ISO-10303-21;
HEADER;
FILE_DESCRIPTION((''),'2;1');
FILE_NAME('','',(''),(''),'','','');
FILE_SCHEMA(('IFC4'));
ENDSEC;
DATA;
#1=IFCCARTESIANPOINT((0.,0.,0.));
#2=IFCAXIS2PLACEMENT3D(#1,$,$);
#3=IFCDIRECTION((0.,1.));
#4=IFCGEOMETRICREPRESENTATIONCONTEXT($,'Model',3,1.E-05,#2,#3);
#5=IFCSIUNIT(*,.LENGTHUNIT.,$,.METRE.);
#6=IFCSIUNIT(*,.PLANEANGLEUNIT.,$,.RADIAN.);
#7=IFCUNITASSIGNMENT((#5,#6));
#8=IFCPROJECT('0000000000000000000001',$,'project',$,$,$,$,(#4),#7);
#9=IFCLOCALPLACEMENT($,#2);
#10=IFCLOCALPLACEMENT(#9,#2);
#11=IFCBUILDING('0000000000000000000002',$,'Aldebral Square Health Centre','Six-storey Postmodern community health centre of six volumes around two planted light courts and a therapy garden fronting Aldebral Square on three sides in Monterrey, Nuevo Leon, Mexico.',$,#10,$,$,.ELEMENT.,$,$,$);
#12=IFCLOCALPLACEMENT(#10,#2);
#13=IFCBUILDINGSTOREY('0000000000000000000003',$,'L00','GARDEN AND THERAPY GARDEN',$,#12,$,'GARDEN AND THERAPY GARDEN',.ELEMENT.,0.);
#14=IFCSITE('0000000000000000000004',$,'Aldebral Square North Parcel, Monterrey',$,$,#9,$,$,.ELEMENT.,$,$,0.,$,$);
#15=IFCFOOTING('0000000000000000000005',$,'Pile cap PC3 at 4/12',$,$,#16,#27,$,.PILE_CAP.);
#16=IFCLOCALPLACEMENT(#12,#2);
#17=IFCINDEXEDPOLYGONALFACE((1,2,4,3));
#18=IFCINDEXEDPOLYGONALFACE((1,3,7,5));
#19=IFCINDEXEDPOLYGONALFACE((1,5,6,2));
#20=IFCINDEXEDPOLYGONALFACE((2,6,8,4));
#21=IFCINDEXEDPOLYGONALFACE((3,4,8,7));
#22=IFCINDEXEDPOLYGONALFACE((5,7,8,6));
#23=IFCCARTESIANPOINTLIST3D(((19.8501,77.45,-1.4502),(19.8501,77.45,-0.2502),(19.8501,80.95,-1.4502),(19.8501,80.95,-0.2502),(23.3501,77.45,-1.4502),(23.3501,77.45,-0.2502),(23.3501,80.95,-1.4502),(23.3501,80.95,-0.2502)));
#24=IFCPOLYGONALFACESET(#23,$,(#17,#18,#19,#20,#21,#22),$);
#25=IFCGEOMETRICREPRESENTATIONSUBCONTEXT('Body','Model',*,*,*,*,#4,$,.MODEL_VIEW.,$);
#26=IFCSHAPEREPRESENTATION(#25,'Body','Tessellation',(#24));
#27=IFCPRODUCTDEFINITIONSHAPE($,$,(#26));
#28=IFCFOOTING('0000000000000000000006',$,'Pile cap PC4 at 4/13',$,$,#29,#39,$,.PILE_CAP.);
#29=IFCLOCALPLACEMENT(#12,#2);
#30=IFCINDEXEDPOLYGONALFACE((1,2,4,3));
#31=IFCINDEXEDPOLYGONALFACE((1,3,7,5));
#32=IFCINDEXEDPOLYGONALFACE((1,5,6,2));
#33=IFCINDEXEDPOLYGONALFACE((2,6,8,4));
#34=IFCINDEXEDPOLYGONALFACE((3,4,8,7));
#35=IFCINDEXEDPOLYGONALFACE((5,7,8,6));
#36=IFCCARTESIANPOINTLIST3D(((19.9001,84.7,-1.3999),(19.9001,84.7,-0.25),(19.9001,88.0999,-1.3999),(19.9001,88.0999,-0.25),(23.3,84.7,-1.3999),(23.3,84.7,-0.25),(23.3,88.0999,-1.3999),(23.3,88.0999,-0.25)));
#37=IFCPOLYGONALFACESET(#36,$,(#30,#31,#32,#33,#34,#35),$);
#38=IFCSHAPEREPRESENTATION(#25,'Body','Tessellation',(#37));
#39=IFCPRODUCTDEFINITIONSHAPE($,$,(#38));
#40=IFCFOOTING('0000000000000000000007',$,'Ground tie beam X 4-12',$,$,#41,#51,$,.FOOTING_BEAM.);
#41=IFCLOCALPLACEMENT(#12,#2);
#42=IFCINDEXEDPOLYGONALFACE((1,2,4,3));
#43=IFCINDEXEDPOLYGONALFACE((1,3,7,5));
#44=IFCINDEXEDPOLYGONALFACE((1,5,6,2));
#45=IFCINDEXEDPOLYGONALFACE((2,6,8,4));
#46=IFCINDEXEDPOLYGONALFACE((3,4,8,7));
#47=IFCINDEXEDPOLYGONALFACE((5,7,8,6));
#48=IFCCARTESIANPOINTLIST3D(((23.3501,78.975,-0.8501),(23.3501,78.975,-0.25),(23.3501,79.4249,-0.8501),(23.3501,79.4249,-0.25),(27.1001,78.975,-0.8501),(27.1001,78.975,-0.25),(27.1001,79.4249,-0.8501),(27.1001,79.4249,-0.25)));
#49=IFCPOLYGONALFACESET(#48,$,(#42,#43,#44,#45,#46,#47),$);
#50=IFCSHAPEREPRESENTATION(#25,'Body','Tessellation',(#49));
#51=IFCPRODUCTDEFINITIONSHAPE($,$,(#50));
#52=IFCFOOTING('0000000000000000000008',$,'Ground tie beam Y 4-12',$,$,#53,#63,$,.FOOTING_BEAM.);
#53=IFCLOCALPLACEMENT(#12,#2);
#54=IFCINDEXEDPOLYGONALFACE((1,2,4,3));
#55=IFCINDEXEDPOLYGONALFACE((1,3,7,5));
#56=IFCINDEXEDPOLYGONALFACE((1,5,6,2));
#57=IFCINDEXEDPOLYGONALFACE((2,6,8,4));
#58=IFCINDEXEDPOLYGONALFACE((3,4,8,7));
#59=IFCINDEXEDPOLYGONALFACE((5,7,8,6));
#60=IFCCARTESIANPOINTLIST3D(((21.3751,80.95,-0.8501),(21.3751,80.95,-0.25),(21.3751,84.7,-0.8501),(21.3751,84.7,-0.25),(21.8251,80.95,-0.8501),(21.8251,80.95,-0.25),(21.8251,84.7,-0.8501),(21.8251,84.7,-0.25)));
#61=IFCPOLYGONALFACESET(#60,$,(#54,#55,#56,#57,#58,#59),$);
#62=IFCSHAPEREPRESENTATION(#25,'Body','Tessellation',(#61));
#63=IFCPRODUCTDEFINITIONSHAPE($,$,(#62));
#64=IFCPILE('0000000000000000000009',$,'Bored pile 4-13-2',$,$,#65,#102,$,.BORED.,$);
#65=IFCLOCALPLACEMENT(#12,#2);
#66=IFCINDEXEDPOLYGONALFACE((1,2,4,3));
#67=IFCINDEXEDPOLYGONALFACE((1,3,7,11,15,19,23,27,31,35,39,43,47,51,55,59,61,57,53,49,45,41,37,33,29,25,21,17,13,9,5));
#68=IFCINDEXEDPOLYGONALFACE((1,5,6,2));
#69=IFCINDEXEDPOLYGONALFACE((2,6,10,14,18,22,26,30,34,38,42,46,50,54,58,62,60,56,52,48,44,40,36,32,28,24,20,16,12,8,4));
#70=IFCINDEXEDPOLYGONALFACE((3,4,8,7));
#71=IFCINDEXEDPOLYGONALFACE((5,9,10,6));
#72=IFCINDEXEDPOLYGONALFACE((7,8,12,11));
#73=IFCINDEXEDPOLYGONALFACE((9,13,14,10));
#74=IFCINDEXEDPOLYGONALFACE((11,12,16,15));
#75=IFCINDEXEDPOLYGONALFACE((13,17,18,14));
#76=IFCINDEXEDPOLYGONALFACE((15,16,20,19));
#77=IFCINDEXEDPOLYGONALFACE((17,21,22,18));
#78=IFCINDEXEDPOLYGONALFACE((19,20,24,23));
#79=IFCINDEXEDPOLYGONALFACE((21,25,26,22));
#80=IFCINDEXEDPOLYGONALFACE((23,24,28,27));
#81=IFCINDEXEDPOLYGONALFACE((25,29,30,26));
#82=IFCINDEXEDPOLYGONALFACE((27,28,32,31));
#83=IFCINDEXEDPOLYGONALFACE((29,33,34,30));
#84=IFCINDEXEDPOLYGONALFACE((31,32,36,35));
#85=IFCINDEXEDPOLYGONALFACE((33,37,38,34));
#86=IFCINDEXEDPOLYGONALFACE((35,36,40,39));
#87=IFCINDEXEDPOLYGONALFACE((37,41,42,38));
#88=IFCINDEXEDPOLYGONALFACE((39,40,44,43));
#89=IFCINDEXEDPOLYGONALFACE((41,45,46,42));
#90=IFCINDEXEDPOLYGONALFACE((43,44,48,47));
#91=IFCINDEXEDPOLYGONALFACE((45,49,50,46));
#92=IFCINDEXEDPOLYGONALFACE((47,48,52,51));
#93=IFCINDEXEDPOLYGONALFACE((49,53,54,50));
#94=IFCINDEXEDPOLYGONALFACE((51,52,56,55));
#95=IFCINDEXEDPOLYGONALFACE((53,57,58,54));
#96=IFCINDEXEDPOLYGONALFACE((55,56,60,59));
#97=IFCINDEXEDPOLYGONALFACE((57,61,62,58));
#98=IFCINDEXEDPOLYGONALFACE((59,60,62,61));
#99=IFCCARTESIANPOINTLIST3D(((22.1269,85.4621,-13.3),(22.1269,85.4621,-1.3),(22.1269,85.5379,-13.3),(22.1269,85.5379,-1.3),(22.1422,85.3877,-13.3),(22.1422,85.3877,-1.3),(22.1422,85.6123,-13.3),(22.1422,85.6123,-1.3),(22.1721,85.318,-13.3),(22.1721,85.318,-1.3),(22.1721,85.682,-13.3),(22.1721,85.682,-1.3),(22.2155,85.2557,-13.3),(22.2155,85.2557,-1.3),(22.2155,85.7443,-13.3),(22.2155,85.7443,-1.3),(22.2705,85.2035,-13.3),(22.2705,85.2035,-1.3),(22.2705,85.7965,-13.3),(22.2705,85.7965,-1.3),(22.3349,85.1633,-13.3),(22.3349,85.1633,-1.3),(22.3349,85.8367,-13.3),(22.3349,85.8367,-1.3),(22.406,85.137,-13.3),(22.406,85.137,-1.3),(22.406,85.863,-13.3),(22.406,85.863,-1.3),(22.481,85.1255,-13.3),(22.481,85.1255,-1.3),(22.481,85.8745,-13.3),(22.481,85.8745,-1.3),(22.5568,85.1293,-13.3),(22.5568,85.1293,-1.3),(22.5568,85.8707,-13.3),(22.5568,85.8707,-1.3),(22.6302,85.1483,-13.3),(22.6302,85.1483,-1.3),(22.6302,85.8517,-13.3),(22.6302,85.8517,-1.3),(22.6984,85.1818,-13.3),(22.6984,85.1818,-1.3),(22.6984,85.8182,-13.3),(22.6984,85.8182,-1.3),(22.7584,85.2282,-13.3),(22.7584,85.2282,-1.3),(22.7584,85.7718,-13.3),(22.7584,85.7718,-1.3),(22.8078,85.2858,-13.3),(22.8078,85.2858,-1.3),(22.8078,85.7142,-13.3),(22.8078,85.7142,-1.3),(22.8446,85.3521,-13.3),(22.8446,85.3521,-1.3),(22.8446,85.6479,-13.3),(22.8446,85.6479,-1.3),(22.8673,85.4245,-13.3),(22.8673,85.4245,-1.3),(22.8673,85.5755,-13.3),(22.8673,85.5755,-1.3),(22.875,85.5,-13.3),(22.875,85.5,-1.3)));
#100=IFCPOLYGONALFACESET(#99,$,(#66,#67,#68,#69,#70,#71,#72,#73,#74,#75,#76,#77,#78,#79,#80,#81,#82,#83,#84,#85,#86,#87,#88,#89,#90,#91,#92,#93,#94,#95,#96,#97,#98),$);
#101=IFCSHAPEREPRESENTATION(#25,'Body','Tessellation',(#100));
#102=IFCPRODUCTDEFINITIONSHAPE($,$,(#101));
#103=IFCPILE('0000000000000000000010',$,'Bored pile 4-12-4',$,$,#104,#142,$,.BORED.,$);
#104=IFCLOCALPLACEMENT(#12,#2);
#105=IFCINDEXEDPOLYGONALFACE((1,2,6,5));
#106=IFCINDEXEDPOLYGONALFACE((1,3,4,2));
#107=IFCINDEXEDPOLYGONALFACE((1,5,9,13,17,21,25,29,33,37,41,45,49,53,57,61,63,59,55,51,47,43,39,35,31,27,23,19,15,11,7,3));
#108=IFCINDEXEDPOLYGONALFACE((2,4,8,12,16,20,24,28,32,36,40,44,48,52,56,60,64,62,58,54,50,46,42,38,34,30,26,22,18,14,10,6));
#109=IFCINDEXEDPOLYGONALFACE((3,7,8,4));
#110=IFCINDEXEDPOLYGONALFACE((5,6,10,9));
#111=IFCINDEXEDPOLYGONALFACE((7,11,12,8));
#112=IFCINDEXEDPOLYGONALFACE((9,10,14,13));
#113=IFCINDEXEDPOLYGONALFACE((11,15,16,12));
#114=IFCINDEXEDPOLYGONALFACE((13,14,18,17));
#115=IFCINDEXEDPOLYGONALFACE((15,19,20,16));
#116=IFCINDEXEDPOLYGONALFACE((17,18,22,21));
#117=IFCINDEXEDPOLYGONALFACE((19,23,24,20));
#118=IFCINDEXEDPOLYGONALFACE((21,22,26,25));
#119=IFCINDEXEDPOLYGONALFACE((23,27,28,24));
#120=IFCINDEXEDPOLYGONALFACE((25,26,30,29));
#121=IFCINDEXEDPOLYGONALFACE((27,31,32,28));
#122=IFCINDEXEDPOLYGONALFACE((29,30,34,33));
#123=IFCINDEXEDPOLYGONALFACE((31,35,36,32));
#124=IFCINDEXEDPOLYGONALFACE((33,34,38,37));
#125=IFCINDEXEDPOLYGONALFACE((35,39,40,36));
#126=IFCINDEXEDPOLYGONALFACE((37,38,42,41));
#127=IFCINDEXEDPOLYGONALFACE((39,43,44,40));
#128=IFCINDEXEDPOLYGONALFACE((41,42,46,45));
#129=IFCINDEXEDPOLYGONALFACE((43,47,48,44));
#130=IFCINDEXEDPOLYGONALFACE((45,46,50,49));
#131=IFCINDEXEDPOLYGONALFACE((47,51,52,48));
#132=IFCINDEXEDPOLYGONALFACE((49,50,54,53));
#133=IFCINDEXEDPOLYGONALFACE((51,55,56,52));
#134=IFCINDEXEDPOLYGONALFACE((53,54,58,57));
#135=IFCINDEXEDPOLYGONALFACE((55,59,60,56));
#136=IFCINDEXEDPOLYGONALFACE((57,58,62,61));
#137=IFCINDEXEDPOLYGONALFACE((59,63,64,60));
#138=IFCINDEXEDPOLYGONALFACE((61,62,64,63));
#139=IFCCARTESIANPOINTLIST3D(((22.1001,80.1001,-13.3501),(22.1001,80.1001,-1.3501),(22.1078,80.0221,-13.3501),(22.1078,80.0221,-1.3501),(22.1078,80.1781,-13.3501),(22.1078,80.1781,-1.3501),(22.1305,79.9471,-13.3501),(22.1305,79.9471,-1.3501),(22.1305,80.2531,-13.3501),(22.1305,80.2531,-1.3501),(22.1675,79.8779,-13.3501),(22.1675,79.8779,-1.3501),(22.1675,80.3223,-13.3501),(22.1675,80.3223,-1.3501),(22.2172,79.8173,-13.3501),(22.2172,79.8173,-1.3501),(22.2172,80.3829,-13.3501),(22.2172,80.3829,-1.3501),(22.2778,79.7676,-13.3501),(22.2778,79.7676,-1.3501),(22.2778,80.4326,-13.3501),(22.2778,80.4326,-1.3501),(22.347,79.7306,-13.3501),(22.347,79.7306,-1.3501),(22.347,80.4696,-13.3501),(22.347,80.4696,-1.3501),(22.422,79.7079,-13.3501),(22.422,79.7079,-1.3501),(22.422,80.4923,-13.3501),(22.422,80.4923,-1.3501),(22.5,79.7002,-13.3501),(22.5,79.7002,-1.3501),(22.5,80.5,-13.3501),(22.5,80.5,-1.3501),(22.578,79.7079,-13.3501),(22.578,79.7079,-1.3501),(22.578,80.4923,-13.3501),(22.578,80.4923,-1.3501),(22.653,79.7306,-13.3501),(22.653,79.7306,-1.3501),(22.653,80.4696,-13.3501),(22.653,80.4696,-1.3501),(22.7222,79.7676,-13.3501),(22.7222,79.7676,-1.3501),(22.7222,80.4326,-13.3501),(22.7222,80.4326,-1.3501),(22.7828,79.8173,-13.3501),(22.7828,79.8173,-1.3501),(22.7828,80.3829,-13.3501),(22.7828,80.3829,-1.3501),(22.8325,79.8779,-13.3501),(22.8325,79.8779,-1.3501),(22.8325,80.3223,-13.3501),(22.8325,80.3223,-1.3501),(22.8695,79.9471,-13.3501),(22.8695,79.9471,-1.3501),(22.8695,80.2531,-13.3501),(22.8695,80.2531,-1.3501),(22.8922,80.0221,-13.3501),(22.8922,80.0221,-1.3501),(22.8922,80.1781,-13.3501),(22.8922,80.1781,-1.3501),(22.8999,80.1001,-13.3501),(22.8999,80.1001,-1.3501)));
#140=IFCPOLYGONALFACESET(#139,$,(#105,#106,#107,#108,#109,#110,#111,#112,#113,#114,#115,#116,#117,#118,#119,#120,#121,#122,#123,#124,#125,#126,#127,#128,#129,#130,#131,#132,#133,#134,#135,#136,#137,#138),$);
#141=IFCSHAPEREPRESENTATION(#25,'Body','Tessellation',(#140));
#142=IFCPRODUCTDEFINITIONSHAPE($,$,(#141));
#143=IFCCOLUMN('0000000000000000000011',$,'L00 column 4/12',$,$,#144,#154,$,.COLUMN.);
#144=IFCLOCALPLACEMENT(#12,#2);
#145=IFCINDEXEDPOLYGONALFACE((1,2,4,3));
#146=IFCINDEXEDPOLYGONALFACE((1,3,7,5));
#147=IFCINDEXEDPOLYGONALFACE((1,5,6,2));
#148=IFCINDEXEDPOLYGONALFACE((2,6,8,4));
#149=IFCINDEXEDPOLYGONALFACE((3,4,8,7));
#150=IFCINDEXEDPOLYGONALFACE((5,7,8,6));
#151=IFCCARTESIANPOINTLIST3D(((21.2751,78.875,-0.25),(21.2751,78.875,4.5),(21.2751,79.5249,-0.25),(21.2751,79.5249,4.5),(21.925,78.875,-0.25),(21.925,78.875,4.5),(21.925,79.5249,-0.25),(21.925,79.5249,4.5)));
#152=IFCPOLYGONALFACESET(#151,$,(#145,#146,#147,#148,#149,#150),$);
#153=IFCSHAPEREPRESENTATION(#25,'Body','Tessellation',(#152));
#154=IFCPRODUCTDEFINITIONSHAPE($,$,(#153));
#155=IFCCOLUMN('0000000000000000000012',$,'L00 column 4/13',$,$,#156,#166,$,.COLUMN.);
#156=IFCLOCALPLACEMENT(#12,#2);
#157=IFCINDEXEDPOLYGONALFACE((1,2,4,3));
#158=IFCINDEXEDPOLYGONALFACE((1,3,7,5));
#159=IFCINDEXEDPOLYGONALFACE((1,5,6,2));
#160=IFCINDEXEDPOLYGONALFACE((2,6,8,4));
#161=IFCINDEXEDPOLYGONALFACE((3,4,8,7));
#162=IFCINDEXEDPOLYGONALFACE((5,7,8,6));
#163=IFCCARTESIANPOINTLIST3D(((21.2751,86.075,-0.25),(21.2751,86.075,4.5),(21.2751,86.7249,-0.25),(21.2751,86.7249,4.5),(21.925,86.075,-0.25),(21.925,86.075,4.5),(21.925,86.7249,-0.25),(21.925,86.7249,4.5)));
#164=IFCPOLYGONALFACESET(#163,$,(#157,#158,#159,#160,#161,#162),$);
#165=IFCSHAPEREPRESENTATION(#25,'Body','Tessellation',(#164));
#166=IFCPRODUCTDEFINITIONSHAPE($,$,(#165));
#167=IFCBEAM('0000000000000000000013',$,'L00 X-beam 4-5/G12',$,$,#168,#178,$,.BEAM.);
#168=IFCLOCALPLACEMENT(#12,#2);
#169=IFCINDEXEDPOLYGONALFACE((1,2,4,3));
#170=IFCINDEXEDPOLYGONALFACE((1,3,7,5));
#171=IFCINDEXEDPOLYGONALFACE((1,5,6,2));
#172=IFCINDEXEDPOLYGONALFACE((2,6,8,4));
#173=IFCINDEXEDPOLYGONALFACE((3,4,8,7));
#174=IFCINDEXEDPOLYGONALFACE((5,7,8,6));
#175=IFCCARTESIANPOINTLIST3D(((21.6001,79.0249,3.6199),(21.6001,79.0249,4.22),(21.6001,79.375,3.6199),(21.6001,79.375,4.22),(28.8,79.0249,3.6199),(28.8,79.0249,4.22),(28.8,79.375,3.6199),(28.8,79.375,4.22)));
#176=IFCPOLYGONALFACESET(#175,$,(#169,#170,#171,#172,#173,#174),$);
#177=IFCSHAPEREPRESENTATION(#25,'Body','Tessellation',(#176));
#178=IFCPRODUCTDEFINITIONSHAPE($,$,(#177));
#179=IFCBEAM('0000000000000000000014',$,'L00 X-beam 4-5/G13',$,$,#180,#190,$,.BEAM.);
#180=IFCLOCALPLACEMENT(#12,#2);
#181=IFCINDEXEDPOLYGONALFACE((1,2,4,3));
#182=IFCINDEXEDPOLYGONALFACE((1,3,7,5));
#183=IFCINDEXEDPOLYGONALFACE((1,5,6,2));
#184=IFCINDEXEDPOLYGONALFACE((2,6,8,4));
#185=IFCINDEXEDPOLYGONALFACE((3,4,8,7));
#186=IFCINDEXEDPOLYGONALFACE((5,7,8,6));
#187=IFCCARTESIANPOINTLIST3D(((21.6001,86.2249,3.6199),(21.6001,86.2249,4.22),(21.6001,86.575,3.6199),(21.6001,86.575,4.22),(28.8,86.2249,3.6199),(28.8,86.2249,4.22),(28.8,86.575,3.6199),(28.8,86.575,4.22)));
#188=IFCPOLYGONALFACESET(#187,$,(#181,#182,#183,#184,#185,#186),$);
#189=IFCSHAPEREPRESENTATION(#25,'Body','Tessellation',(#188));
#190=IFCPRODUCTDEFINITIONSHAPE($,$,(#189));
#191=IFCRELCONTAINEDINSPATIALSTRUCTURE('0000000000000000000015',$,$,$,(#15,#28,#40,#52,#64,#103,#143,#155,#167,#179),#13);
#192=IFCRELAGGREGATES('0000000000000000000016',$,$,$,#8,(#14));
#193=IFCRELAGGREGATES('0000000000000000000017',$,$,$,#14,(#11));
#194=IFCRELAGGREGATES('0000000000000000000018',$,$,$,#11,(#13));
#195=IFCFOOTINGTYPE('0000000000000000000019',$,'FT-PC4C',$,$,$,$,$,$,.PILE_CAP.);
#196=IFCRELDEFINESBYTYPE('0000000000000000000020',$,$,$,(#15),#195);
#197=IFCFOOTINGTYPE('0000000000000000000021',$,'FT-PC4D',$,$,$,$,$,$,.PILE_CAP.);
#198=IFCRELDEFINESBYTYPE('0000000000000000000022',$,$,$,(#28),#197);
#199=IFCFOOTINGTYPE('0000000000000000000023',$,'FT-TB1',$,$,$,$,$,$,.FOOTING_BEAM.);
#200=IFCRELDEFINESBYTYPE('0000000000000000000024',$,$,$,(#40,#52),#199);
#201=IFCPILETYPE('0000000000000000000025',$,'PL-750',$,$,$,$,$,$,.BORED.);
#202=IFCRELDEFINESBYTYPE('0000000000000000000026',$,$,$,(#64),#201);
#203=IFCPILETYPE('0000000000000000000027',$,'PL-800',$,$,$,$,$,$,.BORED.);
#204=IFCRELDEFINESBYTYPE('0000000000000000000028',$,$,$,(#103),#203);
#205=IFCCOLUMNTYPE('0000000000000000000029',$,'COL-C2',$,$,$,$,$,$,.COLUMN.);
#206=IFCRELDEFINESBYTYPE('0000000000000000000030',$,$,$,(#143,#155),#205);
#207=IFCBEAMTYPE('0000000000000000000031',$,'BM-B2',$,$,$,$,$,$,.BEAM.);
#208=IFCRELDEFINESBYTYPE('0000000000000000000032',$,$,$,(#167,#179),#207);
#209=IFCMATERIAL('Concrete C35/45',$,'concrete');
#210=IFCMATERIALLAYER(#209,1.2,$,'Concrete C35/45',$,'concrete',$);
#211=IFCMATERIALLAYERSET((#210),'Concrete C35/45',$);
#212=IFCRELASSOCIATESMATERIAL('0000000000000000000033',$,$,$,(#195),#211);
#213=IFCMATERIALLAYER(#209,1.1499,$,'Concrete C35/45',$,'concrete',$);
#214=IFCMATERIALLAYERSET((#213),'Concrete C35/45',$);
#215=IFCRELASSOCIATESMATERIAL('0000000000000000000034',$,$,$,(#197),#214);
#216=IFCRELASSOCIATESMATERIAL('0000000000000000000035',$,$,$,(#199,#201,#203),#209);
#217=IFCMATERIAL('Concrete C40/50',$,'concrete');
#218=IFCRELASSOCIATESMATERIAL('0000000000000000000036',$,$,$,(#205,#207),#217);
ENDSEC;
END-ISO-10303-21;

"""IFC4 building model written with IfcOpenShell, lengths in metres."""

from ifc_helpers import new_model, si_unit, direction, frame, origin, origin_2d, place, context, subcontext, project, spatial, rectangle, circle, extrude, material, layer, layer_set, material_profile, profile_set, type_object, element, save


model = new_model("IFC4")

# Units and contexts
model_context = context("Model", 3, precision=1e-05, world=origin(), true_north=direction((0.0, 1.0)))
body_context = subcontext(model_context, "Body", "Model", "MODEL_VIEW")
ifc_project = project(units=[si_unit("LENGTHUNIT", "METRE"), si_unit("PLANEANGLEUNIT", "RADIAN")], contexts=[model_context])

# Site, building, storey
site_placement = place(None, origin())
site = spatial("IfcSite", under=ifc_project, at=site_placement, Name="Aldebral Square North Parcel, Monterrey", CompositionType="ELEMENT", RefElevation=0.0)
building_placement = place(site_placement, origin())
building = spatial("IfcBuilding", under=site, at=building_placement, Name="Aldebral Square Health Centre", Description="Six-storey Postmodern community health centre of six volumes around two planted light courts and a therapy garden fronting Aldebral Square on three sides in Monterrey, Nuevo Leon, Mexico.", CompositionType="ELEMENT")
storey_placement = place(building_placement, origin())
storey = spatial("IfcBuildingStorey", under=building, at=storey_placement, Name="L00", Description="GARDEN AND THERAPY GARDEN", LongName="GARDEN AND THERAPY GARDEN", CompositionType="ELEMENT", Elevation=0.0)

# Footings
ifc_material_1 = material(Name="Concrete C35/45", Category="concrete")
ifc_layer_1 = layer(ifc_material_1, 1.2, Name="Concrete C35/45", Category="concrete")
ifc_layer_set_1 = layer_set([ifc_layer_1], Name="Concrete C35/45")
footing_type_1 = type_object("IfcFootingType", Name="FT-PC4C", PredefinedType="PILE_CAP", material=ifc_layer_set_1)
footing_1_placement = place(storey_placement, frame((21.6001, 79.2, -1.4502), z_axis=(0.0, 0.0, 1.0), x_axis=(1.0, 0.0, 0.0)))
element("IfcFooting", 1, at=footing_1_placement, inside=storey, type_object=footing_type_1, Name="Pile cap PC3 at 4/12", PredefinedType="PILE_CAP", context=body_context, shape_type="SweptSolid", body=[
    extrude(rectangle(XDim=3.5, YDim=3.5, at=origin_2d()), origin(), (0.0, 0.0, 1.0), 1.2),
])
ifc_layer_2 = layer(ifc_material_1, 1.1499, Name="Concrete C35/45", Category="concrete")
ifc_layer_set_2 = layer_set([ifc_layer_2], Name="Concrete C35/45")
footing_type_2 = type_object("IfcFootingType", Name="FT-PC4D", PredefinedType="PILE_CAP", material=ifc_layer_set_2)
footing_2_placement = place(storey_placement, frame((21.6001, 86.3999, -1.3999), z_axis=(0.0, 0.0, 1.0), x_axis=(1.0, 0.0, 0.0)))
element("IfcFooting", 2, at=footing_2_placement, inside=storey, type_object=footing_type_2, Name="Pile cap PC4 at 4/13", PredefinedType="PILE_CAP", context=body_context, shape_type="SweptSolid", body=[
    extrude(rectangle(XDim=3.3999, YDim=3.3999, at=origin_2d()), origin(), (0.0, 0.0, 1.0), 1.1499),
])
ifc_material_profile_1 = material_profile(ifc_material_1, rectangle(XDim=0.45, YDim=0.6001, at=origin_2d()), Name="RC 450x600")
ifc_profile_set_1 = profile_set([ifc_material_profile_1], Name="Concrete C35/45")
footing_type_3 = type_object("IfcFootingType", Name="FT-TB1", PredefinedType="FOOTING_BEAM", material=ifc_profile_set_1)
for number, where, z_axis, x_axis, name in (
    (3, (23.3501, 79.2, -0.55), (1.0, 0.0, 0.0), (0.0, 1.0, 0.0), "Ground tie beam X 4-12"),
    (4, (21.6001, 80.95, -0.55), (0.0, 1.0, 0.0), (-1.0, 0.0, 0.0), "Ground tie beam Y 4-12"),
):
    element("IfcFooting", number, at=place(storey_placement, frame(where, z_axis=z_axis, x_axis=x_axis)), inside=storey, type_object=footing_type_3, Name=name, PredefinedType="FOOTING_BEAM", context=body_context, shape_type="SweptSolid", body=[
        extrude(rectangle(XDim=0.45, YDim=0.6001, at=origin_2d()), origin(), (0.0, 0.0, 1.0), 3.75),
    ])

# Piles
ifc_material_profile_2 = material_profile(ifc_material_1, circle(Radius=0.375, at=origin_2d()), Name="PILE D750")
ifc_profile_set_2 = profile_set([ifc_material_profile_2], Name="Concrete C35/45")
pile_type_1 = type_object("IfcPileType", Name="PL-750", PredefinedType="BORED", material=ifc_profile_set_2)
pile_1_placement = place(storey_placement, frame((22.5, 85.5, -1.3), z_axis=(0.0, 0.0, -1.0), x_axis=(1.0, 0.0, 0.0)))
element("IfcPile", 5, at=pile_1_placement, inside=storey, type_object=pile_type_1, Name="Bored pile 4-13-2", PredefinedType="BORED", context=body_context, shape_type="SweptSolid", body=[
    extrude(circle(Radius=0.375, at=origin_2d()), origin(), (0.0, 0.0, 1.0), 12.0),
])
ifc_material_profile_3 = material_profile(ifc_material_1, circle(Radius=0.3999, at=origin_2d()), Name="PILE D800")
ifc_profile_set_3 = profile_set([ifc_material_profile_3], Name="Concrete C35/45")
pile_type_2 = type_object("IfcPileType", Name="PL-800", PredefinedType="BORED", material=ifc_profile_set_3)
pile_2_placement = place(storey_placement, frame((22.5, 80.1001, -1.3501), z_axis=(0.0, 0.0, -1.0), x_axis=(1.0, 0.0, 0.0)))
element("IfcPile", 6, at=pile_2_placement, inside=storey, type_object=pile_type_2, Name="Bored pile 4-12-4", PredefinedType="BORED", context=body_context, shape_type="SweptSolid", body=[
    extrude(circle(Radius=0.3999, at=origin_2d()), origin(), (0.0, 0.0, 1.0), 12.0),
])

# Columns
ifc_material_2 = material(Name="Concrete C40/50", Category="concrete")
ifc_material_profile_4 = material_profile(ifc_material_2, rectangle(XDim=0.6499, YDim=0.6499, at=origin_2d()), Name="RC 650x650")
ifc_profile_set_4 = profile_set([ifc_material_profile_4], Name="Concrete C40/50")
column_type = type_object("IfcColumnType", Name="COL-C2", PredefinedType="COLUMN", material=ifc_profile_set_4)
for number, where, z_axis, x_axis, name in (
    (7, (21.6001, 79.2, -0.25), (0.0, 0.0, 1.0), (1.0, 0.0, 0.0), "L00 column 4/12"),
    (8, (21.6001, 86.3999, -0.25), (0.0, 0.0, 1.0), (1.0, 0.0, 0.0), "L00 column 4/13"),
):
    element("IfcColumn", number, at=place(storey_placement, frame(where, z_axis=z_axis, x_axis=x_axis)), inside=storey, type_object=column_type, Name=name, PredefinedType="COLUMN", context=body_context, shape_type="SweptSolid", body=[
        extrude(rectangle(XDim=0.6499, YDim=0.6499, at=origin_2d()), origin(), (0.0, 0.0, 1.0), 4.75),
    ])

# Beams
ifc_material_profile_5 = material_profile(ifc_material_2, rectangle(XDim=0.3501, YDim=0.6001, at=origin_2d()), Name="RC 350x600")
ifc_profile_set_5 = profile_set([ifc_material_profile_5], Name="Concrete C40/50")
beam_type_1 = type_object("IfcBeamType", Name="BM-B2", PredefinedType="BEAM", material=ifc_profile_set_5)
for number, where, z_axis, x_axis, name in (
    (9, (21.6001, 79.2, 3.9199), (1.0, 0.0, 0.0), (0.0, 1.0, 0.0), "L00 X-beam 4-5/G12"),
    (10, (21.6001, 86.3999, 3.9199), (1.0, 0.0, 0.0), (0.0, 1.0, 0.0), "L00 X-beam 4-5/G13"),
):
    element("IfcBeam", number, at=place(storey_placement, frame(where, z_axis=z_axis, x_axis=x_axis)), inside=storey, type_object=beam_type_1, Name=name, PredefinedType="BEAM", context=body_context, shape_type="SweptSolid", body=[
        extrude(rectangle(XDim=0.3501, YDim=0.6001, at=origin_2d()), origin(), (0.0, 0.0, 1.0), 7.2),
    ])

save(model, "model.ifc")
